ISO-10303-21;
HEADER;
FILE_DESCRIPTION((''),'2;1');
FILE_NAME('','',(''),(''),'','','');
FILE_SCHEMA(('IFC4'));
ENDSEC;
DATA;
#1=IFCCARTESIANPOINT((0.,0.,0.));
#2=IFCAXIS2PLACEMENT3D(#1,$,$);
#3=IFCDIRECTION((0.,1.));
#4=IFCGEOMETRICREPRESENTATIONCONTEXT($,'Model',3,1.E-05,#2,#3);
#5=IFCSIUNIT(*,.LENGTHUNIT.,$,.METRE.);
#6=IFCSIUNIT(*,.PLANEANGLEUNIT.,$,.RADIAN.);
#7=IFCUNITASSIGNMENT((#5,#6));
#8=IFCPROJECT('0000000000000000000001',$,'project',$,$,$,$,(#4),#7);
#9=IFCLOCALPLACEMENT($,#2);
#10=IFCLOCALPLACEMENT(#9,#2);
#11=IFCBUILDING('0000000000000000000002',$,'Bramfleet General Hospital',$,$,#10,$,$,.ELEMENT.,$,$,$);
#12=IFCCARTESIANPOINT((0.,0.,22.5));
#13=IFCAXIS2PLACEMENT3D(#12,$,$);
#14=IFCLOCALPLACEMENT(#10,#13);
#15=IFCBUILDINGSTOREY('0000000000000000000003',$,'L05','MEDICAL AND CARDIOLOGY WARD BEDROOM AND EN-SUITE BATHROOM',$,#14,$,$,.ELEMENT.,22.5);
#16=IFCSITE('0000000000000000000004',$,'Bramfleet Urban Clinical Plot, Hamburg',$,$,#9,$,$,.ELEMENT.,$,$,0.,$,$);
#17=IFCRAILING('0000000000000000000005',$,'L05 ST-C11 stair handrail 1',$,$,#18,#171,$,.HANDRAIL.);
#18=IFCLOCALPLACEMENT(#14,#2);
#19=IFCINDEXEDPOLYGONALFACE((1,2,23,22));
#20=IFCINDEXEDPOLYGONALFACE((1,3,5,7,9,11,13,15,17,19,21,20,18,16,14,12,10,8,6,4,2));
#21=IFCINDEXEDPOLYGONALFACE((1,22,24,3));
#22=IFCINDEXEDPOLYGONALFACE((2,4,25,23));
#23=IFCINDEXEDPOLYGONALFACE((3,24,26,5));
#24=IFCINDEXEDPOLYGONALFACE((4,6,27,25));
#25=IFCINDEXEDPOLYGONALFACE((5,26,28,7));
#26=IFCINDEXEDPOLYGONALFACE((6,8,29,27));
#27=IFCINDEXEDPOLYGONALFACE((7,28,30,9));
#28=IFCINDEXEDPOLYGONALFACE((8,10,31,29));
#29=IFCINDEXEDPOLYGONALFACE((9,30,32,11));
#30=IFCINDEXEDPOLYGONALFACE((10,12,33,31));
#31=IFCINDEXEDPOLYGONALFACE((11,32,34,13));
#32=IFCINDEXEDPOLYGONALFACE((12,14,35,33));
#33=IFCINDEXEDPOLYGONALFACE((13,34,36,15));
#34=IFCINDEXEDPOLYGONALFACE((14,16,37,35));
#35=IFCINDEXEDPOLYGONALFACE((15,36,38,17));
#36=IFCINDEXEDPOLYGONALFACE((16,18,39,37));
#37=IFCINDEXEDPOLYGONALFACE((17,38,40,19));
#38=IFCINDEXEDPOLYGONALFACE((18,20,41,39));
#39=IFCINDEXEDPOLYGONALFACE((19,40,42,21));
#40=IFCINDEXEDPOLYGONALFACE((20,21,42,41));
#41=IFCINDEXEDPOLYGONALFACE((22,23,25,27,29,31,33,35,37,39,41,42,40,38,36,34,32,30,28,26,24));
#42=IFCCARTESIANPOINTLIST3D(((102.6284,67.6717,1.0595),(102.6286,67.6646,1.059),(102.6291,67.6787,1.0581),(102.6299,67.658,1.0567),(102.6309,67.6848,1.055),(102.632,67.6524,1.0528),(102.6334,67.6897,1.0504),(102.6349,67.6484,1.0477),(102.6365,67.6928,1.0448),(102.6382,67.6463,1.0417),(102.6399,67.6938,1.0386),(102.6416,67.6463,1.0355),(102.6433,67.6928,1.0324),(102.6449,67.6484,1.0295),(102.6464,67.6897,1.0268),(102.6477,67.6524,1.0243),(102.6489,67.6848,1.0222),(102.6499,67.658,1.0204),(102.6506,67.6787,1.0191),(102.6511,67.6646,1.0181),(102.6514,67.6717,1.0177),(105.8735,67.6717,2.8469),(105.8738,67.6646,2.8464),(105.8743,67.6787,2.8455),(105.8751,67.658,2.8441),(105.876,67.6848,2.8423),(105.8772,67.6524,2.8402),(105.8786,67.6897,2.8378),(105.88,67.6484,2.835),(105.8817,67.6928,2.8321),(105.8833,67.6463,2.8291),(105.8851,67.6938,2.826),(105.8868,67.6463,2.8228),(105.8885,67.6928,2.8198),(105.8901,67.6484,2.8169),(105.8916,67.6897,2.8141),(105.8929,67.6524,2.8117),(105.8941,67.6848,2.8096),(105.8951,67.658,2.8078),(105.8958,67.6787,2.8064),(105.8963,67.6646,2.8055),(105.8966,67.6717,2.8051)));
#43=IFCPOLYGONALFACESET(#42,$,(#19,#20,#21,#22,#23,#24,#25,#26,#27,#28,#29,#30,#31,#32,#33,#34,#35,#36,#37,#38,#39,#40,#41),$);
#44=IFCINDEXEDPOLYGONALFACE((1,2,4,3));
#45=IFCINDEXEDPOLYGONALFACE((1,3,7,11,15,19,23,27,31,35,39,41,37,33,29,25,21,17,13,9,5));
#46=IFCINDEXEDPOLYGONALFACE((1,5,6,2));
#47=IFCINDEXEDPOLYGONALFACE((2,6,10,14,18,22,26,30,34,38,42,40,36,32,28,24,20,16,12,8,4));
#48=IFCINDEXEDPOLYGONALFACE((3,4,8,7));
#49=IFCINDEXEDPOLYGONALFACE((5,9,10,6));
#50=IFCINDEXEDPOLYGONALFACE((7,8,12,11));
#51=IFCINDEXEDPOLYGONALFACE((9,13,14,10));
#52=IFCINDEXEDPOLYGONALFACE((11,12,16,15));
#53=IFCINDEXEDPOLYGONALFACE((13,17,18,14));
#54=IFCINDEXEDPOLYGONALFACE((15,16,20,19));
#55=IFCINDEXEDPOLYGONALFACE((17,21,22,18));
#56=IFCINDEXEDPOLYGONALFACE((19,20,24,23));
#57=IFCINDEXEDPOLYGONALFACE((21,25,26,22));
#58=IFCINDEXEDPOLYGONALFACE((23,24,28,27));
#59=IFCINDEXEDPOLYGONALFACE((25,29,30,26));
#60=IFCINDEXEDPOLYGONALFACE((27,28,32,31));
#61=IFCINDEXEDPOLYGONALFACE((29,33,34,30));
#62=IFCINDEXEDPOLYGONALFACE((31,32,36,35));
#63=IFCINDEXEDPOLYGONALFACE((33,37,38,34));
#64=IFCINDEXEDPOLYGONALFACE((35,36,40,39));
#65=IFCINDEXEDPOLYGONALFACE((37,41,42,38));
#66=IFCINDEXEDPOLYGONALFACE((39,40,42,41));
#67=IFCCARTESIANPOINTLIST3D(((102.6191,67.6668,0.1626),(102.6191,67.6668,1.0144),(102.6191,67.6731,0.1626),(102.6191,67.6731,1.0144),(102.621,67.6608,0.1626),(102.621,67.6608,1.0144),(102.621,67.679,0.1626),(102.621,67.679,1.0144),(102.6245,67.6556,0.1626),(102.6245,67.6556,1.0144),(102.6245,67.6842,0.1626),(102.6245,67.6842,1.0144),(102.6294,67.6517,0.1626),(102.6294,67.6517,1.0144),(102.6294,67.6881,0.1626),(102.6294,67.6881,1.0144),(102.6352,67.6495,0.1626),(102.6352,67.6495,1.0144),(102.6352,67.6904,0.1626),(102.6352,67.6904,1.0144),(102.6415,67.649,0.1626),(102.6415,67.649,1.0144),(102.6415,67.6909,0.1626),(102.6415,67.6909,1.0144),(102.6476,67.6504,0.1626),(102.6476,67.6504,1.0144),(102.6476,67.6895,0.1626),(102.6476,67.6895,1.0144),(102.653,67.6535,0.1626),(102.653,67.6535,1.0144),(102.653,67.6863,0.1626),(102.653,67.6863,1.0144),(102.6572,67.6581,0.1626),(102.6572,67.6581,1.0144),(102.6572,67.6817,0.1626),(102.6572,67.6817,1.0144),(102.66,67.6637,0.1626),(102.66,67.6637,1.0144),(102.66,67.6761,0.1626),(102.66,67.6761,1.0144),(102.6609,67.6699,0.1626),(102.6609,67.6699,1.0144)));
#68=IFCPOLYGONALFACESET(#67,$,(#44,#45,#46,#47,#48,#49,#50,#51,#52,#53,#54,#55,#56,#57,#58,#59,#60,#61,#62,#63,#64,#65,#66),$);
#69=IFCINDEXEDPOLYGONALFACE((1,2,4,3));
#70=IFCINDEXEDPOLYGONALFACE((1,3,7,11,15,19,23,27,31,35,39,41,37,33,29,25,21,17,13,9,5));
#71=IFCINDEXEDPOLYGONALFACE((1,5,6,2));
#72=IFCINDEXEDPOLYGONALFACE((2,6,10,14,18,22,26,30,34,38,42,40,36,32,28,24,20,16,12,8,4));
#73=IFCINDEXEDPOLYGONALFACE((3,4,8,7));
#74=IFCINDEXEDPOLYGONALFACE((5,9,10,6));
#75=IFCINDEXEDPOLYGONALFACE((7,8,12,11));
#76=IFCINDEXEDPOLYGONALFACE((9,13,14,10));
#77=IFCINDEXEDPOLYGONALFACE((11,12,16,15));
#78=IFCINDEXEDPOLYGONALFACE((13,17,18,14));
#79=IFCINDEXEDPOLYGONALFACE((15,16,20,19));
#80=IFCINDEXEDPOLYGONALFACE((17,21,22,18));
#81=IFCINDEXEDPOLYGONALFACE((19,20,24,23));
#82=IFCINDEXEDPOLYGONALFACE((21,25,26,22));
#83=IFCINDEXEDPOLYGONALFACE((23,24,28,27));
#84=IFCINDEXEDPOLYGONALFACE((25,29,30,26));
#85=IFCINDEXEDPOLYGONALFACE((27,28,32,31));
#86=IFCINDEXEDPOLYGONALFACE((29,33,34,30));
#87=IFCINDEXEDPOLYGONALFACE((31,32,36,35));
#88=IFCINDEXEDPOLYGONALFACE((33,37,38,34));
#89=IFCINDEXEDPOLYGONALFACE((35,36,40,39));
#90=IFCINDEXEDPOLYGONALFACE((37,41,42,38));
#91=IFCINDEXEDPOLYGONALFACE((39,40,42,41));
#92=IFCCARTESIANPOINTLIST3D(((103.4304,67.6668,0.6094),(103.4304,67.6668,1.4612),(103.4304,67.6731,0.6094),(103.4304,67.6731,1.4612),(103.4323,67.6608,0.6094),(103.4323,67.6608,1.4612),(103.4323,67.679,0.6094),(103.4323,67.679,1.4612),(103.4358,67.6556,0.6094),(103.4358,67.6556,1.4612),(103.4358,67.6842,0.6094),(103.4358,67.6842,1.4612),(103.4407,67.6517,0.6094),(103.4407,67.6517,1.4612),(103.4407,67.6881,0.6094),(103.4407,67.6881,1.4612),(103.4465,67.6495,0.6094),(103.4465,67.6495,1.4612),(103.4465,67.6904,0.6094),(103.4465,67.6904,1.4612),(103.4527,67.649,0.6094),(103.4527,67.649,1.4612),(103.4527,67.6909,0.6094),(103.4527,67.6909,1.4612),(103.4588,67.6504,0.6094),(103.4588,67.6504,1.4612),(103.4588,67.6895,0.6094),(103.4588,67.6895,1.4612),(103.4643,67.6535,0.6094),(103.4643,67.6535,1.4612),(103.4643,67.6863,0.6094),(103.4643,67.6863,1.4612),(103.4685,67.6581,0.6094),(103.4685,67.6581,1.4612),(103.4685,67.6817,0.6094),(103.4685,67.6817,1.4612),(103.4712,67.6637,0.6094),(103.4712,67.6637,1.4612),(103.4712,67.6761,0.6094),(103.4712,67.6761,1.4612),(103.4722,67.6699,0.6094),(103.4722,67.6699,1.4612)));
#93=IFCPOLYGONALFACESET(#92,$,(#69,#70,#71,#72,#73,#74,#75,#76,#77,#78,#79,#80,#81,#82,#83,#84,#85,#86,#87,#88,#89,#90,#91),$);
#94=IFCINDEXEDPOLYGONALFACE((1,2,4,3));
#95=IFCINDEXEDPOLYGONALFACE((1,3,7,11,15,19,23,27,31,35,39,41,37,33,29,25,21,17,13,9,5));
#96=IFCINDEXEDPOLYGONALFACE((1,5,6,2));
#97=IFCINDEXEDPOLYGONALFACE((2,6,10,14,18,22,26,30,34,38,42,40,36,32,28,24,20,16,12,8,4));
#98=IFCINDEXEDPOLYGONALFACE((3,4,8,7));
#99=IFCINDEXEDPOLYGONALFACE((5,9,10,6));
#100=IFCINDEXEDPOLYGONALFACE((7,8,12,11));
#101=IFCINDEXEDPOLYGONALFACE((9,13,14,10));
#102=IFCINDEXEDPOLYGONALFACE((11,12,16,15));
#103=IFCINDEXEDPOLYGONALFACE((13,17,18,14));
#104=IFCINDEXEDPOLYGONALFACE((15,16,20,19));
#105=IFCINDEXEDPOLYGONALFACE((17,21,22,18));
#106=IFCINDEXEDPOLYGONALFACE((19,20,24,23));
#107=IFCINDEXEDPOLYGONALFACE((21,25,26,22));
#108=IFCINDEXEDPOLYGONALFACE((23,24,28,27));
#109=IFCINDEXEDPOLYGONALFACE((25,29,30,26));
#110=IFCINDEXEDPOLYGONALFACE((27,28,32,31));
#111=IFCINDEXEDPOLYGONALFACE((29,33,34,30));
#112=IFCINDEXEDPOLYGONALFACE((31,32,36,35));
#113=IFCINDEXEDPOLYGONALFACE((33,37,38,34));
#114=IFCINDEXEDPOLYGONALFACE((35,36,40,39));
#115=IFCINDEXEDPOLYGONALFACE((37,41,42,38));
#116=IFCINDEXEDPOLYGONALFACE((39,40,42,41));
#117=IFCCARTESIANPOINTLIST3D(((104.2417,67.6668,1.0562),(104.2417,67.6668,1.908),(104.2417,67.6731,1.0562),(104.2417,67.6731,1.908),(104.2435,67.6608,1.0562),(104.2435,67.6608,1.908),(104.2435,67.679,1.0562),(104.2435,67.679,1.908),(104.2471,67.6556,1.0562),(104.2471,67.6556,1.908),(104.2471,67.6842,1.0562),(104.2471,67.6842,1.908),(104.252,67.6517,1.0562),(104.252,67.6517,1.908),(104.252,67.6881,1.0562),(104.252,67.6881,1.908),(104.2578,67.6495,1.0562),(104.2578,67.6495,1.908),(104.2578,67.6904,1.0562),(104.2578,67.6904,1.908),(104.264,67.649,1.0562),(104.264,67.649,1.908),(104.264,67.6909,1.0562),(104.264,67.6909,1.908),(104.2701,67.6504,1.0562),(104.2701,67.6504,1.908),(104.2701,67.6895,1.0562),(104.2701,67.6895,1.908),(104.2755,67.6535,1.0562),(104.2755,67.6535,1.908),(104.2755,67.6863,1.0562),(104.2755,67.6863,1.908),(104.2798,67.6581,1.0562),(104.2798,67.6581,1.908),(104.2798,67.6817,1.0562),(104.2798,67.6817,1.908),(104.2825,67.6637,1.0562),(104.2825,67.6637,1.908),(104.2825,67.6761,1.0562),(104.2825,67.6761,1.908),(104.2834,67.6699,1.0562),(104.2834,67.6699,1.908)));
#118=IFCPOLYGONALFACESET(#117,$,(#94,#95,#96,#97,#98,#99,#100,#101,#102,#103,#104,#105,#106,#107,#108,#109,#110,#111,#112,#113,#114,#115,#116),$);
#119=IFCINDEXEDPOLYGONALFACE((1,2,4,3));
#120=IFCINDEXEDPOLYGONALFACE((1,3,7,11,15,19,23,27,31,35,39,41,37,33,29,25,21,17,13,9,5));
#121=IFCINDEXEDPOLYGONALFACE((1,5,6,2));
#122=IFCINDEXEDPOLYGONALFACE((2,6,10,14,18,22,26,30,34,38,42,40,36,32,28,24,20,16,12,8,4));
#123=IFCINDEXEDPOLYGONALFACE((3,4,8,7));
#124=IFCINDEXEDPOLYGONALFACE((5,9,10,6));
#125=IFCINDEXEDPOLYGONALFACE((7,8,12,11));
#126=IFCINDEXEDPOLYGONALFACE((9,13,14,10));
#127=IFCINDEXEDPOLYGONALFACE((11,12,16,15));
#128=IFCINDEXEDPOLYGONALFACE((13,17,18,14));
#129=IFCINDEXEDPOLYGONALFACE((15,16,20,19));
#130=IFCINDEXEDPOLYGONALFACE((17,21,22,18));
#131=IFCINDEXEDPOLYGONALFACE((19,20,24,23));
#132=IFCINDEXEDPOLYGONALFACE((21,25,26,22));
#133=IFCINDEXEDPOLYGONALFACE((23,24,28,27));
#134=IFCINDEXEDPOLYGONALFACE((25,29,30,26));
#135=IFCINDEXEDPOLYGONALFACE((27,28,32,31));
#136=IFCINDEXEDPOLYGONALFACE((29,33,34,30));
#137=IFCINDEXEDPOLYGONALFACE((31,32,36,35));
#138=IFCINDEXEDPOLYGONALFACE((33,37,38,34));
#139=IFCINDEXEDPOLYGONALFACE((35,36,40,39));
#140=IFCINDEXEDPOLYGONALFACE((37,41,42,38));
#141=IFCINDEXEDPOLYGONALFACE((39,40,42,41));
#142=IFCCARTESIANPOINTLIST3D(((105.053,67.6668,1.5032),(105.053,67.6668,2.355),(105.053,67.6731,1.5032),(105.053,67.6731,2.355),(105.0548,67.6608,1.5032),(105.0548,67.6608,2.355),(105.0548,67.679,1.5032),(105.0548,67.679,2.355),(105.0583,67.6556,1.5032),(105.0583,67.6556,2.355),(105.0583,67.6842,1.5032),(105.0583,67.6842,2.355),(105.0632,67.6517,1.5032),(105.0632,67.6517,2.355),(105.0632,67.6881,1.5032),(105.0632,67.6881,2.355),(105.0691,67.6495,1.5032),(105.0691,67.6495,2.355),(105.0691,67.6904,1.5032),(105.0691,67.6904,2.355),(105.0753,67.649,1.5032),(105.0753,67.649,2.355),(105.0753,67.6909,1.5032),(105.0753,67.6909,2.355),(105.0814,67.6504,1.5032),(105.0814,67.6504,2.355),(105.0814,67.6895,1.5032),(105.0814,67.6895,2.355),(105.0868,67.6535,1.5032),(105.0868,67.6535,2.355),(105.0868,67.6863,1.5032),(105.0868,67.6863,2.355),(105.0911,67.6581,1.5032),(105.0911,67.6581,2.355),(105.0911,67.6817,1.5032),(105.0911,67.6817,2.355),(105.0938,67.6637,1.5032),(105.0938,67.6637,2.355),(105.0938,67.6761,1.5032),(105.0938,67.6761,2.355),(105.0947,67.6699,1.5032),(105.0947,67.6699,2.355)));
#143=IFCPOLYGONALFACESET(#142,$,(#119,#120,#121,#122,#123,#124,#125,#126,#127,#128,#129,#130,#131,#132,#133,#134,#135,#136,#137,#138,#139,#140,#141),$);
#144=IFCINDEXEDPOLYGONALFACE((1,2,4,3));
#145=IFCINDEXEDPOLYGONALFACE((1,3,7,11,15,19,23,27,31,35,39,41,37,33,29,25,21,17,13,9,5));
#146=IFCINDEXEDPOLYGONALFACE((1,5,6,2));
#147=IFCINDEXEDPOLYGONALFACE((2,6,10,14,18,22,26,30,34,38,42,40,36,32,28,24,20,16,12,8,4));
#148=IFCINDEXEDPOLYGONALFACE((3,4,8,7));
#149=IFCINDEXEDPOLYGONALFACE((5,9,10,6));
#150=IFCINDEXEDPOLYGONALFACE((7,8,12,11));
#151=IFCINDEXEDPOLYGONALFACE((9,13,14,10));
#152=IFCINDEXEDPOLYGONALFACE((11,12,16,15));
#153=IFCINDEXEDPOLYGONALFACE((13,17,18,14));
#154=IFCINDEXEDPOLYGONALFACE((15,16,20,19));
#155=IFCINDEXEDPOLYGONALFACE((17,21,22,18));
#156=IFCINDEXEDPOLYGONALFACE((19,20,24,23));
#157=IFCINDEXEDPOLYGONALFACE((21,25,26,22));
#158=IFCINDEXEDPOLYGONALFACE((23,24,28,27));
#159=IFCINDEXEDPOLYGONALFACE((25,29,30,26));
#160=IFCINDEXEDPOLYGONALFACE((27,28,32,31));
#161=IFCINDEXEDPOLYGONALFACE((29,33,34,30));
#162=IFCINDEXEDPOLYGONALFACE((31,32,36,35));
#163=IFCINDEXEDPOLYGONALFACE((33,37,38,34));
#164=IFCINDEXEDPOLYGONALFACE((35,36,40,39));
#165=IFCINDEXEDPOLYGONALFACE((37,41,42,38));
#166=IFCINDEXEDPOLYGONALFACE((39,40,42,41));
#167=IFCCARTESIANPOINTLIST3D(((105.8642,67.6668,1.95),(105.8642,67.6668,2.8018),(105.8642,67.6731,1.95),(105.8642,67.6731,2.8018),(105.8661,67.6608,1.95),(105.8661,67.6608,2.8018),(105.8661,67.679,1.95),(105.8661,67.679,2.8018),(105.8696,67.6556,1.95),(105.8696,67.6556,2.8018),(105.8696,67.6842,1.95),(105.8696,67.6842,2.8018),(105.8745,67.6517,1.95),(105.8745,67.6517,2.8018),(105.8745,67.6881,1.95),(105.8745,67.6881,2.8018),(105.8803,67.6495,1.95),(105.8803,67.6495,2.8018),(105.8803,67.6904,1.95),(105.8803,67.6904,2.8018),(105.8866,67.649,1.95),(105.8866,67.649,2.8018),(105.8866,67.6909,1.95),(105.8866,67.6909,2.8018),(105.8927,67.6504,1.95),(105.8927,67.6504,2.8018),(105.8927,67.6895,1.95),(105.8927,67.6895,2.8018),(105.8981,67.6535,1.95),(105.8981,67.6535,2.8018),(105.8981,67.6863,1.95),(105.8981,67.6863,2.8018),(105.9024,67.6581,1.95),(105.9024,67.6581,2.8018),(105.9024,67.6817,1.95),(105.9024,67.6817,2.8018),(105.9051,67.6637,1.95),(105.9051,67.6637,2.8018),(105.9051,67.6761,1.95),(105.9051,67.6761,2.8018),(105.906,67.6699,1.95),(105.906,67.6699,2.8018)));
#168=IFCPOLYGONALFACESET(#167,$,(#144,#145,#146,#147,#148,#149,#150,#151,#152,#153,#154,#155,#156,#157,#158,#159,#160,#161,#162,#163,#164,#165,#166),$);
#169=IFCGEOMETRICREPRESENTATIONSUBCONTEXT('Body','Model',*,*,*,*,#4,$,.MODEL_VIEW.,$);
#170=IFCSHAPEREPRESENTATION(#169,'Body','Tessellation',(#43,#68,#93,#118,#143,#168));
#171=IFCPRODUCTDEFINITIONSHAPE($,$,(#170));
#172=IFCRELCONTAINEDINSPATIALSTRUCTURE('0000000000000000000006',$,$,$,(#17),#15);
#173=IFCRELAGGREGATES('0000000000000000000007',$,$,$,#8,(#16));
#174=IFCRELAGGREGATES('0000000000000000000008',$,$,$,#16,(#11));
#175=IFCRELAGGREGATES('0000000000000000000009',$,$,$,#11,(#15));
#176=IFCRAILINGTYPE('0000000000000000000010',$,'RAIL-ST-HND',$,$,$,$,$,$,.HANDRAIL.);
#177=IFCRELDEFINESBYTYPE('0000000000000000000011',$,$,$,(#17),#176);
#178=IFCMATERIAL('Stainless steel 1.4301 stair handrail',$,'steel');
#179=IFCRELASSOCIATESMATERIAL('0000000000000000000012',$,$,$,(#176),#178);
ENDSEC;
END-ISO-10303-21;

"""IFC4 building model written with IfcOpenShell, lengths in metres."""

from ifc_helpers import new_model, si_unit, direction, frame, origin, origin_2d, place, context, subcontext, project, spatial, circle, extrude, material, type_object, element, save


model = new_model("IFC4")

# Units and contexts
model_context = context("Model", 3, precision=1e-05, world=origin(), true_north=direction((0.0, 1.0)))
body_context = subcontext(model_context, "Body", "Model", "MODEL_VIEW")
ifc_project = project(units=[si_unit("LENGTHUNIT", "METRE"), si_unit("PLANEANGLEUNIT", "RADIAN")], contexts=[model_context])

# Site, building, storey
site_placement = place(None, origin())
site = spatial("IfcSite", under=ifc_project, at=site_placement, Name="Bramfleet Urban Clinical Plot, Hamburg", CompositionType="ELEMENT", RefElevation=0.0)
building_placement = place(site_placement, origin())
building = spatial("IfcBuilding", under=site, at=building_placement, Name="Bramfleet General Hospital", CompositionType="ELEMENT")
storey_placement = place(building_placement, frame((0.0, 0.0, 22.5)))
storey = spatial("IfcBuildingStorey", under=building, at=storey_placement, Name="L05", Description="MEDICAL AND CARDIOLOGY WARD BEDROOM AND EN-SUITE BATHROOM", CompositionType="ELEMENT", Elevation=22.5)

# Railing
ifc_material_1 = material(Name="Stainless steel 1.4301 stair handrail", Category="steel")
railing_type_1 = type_object("IfcRailingType", Name="RAIL-ST-HND", PredefinedType="HANDRAIL", material=ifc_material_1)
railing_1_placement = place(storey_placement, frame((102.6399, 67.6699, 0.1626)))
element("IfcRailing", 1, at=railing_1_placement, inside=storey, type_object=railing_type_1, Name="L05 ST-C11 stair handrail 1", PredefinedType="HANDRAIL", context=body_context, shape_type="SweptSolid", body=[
    extrude(circle(Radius=0.0239, at=origin_2d()), frame((0.0, 0.0, 0.876), z_axis=(0.875926, 0.0, 0.482445), x_axis=(0.0, 1.0, 0.0)), (0.0, 0.0, 1.0), 3.7048),
    extrude(circle(Radius=0.021, at=origin_2d()), origin(), (0.0, 0.0, 1.0), 0.8518),
    extrude(circle(Radius=0.021, at=origin_2d()), frame((0.8113, 0.0, 0.4468)), (0.0, 0.0, 1.0), 0.8518),
    extrude(circle(Radius=0.021, at=origin_2d()), frame((1.6226, 0.0, 0.8936)), (0.0, 0.0, 1.0), 0.8518),
    extrude(circle(Radius=0.021, at=origin_2d()), frame((2.4338, 0.0, 1.3406)), (0.0, 0.0, 1.0), 0.8518),
    extrude(circle(Radius=0.021, at=origin_2d()), frame((3.2451, 0.0, 1.7874)), (0.0, 0.0, 1.0), 0.8518),
])

save(model, "model.ifc")
